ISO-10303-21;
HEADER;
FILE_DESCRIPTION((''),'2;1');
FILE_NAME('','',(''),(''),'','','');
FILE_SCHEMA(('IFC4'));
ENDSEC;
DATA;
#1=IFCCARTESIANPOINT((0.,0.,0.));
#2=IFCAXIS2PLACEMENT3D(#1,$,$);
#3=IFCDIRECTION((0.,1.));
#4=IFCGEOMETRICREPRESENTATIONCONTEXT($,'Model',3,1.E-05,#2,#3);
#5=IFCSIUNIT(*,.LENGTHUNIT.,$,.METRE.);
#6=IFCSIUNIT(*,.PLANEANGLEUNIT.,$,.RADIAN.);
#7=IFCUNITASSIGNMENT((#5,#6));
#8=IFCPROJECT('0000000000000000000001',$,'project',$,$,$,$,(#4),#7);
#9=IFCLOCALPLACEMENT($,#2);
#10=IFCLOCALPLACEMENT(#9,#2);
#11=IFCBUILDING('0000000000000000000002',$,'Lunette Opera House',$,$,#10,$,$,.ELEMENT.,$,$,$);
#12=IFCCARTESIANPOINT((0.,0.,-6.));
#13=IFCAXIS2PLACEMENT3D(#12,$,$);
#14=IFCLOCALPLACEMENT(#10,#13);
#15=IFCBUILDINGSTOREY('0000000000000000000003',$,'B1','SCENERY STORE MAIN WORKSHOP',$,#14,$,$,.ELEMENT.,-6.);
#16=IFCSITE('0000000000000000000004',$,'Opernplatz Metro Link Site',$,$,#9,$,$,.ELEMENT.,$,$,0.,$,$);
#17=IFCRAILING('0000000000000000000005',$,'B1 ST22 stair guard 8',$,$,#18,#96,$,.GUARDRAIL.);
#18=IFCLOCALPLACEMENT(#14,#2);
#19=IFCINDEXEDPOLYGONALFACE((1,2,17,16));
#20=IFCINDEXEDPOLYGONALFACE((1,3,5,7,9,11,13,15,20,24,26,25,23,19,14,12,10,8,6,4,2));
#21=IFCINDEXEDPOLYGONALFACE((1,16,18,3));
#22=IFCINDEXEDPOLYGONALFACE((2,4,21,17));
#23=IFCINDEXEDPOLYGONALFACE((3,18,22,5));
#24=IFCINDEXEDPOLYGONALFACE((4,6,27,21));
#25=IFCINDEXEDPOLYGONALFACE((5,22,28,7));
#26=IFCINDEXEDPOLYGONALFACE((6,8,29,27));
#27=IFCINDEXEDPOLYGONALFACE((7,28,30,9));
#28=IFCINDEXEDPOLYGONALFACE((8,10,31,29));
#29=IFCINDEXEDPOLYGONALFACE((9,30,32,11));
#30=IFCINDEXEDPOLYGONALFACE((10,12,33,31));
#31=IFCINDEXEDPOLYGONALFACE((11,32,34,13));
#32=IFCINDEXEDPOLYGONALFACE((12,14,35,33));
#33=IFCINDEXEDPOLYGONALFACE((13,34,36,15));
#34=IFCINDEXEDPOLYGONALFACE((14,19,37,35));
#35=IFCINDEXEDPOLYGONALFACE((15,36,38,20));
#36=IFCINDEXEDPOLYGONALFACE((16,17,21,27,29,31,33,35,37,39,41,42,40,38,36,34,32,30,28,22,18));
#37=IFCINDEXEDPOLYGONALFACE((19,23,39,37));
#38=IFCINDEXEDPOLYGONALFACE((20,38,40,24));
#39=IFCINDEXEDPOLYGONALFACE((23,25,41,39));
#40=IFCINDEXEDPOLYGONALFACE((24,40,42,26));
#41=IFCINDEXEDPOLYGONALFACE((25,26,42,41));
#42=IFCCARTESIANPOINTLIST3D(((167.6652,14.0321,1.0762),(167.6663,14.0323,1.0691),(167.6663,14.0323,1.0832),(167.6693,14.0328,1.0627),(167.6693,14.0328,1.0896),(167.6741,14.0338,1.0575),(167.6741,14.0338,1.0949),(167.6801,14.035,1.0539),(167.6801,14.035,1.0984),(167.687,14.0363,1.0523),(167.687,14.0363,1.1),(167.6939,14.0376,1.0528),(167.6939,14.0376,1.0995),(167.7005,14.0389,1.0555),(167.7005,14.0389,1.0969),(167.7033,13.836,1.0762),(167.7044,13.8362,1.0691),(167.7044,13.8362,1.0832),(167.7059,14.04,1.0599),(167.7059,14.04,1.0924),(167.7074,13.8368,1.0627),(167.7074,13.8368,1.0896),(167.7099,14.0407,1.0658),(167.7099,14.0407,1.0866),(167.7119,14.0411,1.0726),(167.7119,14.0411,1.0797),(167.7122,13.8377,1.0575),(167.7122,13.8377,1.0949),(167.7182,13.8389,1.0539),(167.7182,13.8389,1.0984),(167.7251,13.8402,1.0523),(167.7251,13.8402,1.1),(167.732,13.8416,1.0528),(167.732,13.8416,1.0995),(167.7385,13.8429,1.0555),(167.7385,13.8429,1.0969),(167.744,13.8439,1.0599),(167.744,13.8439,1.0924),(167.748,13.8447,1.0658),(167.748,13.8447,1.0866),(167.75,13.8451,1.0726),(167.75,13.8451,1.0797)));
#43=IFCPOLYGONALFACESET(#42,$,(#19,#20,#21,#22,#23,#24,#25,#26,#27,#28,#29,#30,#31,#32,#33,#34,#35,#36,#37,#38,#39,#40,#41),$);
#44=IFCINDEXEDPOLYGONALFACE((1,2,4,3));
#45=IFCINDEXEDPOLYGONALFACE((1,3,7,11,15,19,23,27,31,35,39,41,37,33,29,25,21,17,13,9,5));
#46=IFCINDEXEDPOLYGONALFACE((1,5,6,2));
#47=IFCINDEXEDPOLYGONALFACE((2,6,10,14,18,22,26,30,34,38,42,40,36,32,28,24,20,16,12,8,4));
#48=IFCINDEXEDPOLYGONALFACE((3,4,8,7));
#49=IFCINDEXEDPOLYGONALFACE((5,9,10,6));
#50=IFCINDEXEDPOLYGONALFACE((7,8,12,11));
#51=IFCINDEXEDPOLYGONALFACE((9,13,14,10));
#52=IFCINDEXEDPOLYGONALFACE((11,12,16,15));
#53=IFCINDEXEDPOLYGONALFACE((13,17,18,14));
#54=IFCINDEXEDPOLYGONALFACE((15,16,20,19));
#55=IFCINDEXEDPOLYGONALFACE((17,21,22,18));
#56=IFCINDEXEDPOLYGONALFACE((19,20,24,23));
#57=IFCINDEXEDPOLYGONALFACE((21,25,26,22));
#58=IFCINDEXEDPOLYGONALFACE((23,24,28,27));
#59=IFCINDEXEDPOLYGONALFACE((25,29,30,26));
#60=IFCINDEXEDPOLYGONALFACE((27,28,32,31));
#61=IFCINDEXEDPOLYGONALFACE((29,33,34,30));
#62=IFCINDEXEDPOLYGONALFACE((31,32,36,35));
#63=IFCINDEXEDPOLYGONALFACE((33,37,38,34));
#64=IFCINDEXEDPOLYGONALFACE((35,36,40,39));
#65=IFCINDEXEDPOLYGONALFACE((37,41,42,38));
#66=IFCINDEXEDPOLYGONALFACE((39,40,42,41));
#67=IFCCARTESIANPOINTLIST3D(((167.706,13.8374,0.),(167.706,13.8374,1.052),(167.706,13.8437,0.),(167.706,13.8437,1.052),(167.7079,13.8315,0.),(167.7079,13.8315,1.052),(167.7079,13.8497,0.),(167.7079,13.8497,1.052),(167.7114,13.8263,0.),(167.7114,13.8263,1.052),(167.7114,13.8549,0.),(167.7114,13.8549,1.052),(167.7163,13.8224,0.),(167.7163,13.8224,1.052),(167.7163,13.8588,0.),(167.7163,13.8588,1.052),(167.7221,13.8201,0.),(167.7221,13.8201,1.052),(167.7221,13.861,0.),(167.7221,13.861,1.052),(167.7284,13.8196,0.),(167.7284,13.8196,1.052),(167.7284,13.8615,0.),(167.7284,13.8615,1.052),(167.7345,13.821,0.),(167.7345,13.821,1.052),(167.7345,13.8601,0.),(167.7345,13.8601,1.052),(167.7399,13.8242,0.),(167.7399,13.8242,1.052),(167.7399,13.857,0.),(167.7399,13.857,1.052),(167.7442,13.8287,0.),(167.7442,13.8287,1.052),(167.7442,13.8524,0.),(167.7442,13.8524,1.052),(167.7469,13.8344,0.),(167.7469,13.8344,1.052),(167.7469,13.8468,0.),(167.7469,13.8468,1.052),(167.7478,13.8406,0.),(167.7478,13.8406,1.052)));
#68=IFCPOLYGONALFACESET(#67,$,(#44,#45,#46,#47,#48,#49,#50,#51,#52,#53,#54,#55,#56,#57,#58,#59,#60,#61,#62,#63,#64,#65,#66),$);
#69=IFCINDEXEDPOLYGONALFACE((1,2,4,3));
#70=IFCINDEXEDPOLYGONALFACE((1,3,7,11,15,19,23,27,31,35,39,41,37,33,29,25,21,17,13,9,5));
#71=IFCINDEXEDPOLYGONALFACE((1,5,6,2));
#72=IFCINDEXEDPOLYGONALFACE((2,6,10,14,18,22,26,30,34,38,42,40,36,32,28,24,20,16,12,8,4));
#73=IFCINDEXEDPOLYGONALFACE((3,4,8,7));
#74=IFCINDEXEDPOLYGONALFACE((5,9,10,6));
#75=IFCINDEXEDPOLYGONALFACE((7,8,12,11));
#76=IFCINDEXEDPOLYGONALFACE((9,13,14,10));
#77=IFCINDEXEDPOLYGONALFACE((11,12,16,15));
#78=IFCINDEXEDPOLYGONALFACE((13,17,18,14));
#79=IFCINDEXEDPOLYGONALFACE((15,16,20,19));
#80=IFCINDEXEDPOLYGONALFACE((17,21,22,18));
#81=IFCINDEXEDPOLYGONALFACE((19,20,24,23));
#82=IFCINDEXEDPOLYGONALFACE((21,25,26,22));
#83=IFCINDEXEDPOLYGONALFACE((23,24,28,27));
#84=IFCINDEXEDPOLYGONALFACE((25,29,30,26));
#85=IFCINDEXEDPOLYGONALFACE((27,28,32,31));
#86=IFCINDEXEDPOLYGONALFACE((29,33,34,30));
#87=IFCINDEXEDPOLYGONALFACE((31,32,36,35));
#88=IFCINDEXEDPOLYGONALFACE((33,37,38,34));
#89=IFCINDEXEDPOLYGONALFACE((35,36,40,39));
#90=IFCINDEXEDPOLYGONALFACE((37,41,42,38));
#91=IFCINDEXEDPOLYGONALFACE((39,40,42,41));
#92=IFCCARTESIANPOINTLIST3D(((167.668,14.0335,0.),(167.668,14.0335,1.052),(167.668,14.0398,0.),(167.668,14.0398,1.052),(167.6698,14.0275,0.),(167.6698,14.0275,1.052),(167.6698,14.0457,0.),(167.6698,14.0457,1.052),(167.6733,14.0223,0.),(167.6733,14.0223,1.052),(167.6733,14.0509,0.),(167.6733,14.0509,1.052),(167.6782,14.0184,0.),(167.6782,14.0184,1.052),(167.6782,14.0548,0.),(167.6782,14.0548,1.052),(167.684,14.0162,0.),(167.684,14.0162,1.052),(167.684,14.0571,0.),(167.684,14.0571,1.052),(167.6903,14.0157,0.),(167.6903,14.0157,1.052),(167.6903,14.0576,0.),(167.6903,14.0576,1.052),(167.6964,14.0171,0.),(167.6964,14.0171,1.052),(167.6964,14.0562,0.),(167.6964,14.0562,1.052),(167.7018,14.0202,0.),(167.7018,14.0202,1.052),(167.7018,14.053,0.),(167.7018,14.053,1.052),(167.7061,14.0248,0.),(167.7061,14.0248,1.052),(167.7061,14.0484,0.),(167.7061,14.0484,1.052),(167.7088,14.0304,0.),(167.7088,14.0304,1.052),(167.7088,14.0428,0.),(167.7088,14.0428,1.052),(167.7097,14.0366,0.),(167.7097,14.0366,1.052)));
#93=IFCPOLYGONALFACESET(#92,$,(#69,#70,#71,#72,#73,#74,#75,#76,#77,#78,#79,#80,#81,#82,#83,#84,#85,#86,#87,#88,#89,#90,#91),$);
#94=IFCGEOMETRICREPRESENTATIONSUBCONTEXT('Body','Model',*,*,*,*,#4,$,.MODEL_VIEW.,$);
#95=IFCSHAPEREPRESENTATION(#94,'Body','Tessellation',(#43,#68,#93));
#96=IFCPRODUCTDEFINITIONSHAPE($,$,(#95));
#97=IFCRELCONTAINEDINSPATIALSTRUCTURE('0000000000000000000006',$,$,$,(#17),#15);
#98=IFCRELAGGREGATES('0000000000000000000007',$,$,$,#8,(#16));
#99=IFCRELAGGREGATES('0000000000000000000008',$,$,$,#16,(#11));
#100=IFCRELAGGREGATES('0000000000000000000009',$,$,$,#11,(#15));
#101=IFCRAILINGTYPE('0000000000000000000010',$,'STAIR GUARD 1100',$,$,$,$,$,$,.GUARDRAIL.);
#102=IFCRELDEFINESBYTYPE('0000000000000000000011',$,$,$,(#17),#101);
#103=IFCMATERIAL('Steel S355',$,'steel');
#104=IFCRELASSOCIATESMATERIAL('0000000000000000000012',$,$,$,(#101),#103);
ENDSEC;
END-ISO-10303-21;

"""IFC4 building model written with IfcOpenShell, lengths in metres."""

from ifc_helpers import new_model, si_unit, direction, frame, origin, origin_2d, place, context, subcontext, project, spatial, circle, extrude, material, type_object, element, save


model = new_model("IFC4")

# Units and contexts
model_context = context("Model", 3, precision=1e-05, world=origin(), true_north=direction((0.0, 1.0)))
body_context = subcontext(model_context, "Body", "Model", "MODEL_VIEW")
ifc_project = project(units=[si_unit("LENGTHUNIT", "METRE"), si_unit("PLANEANGLEUNIT", "RADIAN")], contexts=[model_context])

# Site, building, storey
site_placement = place(None, origin())
site = spatial("IfcSite", under=ifc_project, at=site_placement, Name="Opernplatz Metro Link Site", CompositionType="ELEMENT", RefElevation=0.0)
building_placement = place(site_placement, origin())
building = spatial("IfcBuilding", under=site, at=building_placement, Name="Lunette Opera House", CompositionType="ELEMENT")
storey_placement = place(building_placement, frame((0.0, 0.0, -6.0)))
storey = spatial("IfcBuildingStorey", under=building, at=storey_placement, Name="B1", Description="SCENERY STORE MAIN WORKSHOP", CompositionType="ELEMENT", Elevation=-6.0)

# Railing
ifc_material_1 = material(Name="Steel S355", Category="steel")
railing_type_1 = type_object("IfcRailingType", Name="STAIR GUARD 1100", PredefinedType="GUARDRAIL", material=ifc_material_1)
railing_1_placement = place(storey_placement, frame((167.7268, 13.8406, 0.0)))
element("IfcRailing", 1, at=railing_1_placement, inside=storey, type_object=railing_type_1, Name="B1 ST22 stair guard 8", PredefinedType="GUARDRAIL", context=body_context, shape_type="SweptSolid", body=[
    extrude(circle(Radius=0.0239, at=origin_2d()), frame((0.0, 0.0, 1.0762), z_axis=(-0.190706, 0.981647, 0.0), x_axis=(-0.981647, -0.190706, 0.0)), (0.0, 0.0, 1.0), 0.1997),
    extrude(circle(Radius=0.021, at=origin_2d()), origin(), (0.0, 0.0, 1.0), 1.052),
    extrude(circle(Radius=0.021, at=origin_2d()), frame((-0.0381, 0.196, 0.0)), (0.0, 0.0, 1.0), 1.052),
])

save(model, "model.ifc")
